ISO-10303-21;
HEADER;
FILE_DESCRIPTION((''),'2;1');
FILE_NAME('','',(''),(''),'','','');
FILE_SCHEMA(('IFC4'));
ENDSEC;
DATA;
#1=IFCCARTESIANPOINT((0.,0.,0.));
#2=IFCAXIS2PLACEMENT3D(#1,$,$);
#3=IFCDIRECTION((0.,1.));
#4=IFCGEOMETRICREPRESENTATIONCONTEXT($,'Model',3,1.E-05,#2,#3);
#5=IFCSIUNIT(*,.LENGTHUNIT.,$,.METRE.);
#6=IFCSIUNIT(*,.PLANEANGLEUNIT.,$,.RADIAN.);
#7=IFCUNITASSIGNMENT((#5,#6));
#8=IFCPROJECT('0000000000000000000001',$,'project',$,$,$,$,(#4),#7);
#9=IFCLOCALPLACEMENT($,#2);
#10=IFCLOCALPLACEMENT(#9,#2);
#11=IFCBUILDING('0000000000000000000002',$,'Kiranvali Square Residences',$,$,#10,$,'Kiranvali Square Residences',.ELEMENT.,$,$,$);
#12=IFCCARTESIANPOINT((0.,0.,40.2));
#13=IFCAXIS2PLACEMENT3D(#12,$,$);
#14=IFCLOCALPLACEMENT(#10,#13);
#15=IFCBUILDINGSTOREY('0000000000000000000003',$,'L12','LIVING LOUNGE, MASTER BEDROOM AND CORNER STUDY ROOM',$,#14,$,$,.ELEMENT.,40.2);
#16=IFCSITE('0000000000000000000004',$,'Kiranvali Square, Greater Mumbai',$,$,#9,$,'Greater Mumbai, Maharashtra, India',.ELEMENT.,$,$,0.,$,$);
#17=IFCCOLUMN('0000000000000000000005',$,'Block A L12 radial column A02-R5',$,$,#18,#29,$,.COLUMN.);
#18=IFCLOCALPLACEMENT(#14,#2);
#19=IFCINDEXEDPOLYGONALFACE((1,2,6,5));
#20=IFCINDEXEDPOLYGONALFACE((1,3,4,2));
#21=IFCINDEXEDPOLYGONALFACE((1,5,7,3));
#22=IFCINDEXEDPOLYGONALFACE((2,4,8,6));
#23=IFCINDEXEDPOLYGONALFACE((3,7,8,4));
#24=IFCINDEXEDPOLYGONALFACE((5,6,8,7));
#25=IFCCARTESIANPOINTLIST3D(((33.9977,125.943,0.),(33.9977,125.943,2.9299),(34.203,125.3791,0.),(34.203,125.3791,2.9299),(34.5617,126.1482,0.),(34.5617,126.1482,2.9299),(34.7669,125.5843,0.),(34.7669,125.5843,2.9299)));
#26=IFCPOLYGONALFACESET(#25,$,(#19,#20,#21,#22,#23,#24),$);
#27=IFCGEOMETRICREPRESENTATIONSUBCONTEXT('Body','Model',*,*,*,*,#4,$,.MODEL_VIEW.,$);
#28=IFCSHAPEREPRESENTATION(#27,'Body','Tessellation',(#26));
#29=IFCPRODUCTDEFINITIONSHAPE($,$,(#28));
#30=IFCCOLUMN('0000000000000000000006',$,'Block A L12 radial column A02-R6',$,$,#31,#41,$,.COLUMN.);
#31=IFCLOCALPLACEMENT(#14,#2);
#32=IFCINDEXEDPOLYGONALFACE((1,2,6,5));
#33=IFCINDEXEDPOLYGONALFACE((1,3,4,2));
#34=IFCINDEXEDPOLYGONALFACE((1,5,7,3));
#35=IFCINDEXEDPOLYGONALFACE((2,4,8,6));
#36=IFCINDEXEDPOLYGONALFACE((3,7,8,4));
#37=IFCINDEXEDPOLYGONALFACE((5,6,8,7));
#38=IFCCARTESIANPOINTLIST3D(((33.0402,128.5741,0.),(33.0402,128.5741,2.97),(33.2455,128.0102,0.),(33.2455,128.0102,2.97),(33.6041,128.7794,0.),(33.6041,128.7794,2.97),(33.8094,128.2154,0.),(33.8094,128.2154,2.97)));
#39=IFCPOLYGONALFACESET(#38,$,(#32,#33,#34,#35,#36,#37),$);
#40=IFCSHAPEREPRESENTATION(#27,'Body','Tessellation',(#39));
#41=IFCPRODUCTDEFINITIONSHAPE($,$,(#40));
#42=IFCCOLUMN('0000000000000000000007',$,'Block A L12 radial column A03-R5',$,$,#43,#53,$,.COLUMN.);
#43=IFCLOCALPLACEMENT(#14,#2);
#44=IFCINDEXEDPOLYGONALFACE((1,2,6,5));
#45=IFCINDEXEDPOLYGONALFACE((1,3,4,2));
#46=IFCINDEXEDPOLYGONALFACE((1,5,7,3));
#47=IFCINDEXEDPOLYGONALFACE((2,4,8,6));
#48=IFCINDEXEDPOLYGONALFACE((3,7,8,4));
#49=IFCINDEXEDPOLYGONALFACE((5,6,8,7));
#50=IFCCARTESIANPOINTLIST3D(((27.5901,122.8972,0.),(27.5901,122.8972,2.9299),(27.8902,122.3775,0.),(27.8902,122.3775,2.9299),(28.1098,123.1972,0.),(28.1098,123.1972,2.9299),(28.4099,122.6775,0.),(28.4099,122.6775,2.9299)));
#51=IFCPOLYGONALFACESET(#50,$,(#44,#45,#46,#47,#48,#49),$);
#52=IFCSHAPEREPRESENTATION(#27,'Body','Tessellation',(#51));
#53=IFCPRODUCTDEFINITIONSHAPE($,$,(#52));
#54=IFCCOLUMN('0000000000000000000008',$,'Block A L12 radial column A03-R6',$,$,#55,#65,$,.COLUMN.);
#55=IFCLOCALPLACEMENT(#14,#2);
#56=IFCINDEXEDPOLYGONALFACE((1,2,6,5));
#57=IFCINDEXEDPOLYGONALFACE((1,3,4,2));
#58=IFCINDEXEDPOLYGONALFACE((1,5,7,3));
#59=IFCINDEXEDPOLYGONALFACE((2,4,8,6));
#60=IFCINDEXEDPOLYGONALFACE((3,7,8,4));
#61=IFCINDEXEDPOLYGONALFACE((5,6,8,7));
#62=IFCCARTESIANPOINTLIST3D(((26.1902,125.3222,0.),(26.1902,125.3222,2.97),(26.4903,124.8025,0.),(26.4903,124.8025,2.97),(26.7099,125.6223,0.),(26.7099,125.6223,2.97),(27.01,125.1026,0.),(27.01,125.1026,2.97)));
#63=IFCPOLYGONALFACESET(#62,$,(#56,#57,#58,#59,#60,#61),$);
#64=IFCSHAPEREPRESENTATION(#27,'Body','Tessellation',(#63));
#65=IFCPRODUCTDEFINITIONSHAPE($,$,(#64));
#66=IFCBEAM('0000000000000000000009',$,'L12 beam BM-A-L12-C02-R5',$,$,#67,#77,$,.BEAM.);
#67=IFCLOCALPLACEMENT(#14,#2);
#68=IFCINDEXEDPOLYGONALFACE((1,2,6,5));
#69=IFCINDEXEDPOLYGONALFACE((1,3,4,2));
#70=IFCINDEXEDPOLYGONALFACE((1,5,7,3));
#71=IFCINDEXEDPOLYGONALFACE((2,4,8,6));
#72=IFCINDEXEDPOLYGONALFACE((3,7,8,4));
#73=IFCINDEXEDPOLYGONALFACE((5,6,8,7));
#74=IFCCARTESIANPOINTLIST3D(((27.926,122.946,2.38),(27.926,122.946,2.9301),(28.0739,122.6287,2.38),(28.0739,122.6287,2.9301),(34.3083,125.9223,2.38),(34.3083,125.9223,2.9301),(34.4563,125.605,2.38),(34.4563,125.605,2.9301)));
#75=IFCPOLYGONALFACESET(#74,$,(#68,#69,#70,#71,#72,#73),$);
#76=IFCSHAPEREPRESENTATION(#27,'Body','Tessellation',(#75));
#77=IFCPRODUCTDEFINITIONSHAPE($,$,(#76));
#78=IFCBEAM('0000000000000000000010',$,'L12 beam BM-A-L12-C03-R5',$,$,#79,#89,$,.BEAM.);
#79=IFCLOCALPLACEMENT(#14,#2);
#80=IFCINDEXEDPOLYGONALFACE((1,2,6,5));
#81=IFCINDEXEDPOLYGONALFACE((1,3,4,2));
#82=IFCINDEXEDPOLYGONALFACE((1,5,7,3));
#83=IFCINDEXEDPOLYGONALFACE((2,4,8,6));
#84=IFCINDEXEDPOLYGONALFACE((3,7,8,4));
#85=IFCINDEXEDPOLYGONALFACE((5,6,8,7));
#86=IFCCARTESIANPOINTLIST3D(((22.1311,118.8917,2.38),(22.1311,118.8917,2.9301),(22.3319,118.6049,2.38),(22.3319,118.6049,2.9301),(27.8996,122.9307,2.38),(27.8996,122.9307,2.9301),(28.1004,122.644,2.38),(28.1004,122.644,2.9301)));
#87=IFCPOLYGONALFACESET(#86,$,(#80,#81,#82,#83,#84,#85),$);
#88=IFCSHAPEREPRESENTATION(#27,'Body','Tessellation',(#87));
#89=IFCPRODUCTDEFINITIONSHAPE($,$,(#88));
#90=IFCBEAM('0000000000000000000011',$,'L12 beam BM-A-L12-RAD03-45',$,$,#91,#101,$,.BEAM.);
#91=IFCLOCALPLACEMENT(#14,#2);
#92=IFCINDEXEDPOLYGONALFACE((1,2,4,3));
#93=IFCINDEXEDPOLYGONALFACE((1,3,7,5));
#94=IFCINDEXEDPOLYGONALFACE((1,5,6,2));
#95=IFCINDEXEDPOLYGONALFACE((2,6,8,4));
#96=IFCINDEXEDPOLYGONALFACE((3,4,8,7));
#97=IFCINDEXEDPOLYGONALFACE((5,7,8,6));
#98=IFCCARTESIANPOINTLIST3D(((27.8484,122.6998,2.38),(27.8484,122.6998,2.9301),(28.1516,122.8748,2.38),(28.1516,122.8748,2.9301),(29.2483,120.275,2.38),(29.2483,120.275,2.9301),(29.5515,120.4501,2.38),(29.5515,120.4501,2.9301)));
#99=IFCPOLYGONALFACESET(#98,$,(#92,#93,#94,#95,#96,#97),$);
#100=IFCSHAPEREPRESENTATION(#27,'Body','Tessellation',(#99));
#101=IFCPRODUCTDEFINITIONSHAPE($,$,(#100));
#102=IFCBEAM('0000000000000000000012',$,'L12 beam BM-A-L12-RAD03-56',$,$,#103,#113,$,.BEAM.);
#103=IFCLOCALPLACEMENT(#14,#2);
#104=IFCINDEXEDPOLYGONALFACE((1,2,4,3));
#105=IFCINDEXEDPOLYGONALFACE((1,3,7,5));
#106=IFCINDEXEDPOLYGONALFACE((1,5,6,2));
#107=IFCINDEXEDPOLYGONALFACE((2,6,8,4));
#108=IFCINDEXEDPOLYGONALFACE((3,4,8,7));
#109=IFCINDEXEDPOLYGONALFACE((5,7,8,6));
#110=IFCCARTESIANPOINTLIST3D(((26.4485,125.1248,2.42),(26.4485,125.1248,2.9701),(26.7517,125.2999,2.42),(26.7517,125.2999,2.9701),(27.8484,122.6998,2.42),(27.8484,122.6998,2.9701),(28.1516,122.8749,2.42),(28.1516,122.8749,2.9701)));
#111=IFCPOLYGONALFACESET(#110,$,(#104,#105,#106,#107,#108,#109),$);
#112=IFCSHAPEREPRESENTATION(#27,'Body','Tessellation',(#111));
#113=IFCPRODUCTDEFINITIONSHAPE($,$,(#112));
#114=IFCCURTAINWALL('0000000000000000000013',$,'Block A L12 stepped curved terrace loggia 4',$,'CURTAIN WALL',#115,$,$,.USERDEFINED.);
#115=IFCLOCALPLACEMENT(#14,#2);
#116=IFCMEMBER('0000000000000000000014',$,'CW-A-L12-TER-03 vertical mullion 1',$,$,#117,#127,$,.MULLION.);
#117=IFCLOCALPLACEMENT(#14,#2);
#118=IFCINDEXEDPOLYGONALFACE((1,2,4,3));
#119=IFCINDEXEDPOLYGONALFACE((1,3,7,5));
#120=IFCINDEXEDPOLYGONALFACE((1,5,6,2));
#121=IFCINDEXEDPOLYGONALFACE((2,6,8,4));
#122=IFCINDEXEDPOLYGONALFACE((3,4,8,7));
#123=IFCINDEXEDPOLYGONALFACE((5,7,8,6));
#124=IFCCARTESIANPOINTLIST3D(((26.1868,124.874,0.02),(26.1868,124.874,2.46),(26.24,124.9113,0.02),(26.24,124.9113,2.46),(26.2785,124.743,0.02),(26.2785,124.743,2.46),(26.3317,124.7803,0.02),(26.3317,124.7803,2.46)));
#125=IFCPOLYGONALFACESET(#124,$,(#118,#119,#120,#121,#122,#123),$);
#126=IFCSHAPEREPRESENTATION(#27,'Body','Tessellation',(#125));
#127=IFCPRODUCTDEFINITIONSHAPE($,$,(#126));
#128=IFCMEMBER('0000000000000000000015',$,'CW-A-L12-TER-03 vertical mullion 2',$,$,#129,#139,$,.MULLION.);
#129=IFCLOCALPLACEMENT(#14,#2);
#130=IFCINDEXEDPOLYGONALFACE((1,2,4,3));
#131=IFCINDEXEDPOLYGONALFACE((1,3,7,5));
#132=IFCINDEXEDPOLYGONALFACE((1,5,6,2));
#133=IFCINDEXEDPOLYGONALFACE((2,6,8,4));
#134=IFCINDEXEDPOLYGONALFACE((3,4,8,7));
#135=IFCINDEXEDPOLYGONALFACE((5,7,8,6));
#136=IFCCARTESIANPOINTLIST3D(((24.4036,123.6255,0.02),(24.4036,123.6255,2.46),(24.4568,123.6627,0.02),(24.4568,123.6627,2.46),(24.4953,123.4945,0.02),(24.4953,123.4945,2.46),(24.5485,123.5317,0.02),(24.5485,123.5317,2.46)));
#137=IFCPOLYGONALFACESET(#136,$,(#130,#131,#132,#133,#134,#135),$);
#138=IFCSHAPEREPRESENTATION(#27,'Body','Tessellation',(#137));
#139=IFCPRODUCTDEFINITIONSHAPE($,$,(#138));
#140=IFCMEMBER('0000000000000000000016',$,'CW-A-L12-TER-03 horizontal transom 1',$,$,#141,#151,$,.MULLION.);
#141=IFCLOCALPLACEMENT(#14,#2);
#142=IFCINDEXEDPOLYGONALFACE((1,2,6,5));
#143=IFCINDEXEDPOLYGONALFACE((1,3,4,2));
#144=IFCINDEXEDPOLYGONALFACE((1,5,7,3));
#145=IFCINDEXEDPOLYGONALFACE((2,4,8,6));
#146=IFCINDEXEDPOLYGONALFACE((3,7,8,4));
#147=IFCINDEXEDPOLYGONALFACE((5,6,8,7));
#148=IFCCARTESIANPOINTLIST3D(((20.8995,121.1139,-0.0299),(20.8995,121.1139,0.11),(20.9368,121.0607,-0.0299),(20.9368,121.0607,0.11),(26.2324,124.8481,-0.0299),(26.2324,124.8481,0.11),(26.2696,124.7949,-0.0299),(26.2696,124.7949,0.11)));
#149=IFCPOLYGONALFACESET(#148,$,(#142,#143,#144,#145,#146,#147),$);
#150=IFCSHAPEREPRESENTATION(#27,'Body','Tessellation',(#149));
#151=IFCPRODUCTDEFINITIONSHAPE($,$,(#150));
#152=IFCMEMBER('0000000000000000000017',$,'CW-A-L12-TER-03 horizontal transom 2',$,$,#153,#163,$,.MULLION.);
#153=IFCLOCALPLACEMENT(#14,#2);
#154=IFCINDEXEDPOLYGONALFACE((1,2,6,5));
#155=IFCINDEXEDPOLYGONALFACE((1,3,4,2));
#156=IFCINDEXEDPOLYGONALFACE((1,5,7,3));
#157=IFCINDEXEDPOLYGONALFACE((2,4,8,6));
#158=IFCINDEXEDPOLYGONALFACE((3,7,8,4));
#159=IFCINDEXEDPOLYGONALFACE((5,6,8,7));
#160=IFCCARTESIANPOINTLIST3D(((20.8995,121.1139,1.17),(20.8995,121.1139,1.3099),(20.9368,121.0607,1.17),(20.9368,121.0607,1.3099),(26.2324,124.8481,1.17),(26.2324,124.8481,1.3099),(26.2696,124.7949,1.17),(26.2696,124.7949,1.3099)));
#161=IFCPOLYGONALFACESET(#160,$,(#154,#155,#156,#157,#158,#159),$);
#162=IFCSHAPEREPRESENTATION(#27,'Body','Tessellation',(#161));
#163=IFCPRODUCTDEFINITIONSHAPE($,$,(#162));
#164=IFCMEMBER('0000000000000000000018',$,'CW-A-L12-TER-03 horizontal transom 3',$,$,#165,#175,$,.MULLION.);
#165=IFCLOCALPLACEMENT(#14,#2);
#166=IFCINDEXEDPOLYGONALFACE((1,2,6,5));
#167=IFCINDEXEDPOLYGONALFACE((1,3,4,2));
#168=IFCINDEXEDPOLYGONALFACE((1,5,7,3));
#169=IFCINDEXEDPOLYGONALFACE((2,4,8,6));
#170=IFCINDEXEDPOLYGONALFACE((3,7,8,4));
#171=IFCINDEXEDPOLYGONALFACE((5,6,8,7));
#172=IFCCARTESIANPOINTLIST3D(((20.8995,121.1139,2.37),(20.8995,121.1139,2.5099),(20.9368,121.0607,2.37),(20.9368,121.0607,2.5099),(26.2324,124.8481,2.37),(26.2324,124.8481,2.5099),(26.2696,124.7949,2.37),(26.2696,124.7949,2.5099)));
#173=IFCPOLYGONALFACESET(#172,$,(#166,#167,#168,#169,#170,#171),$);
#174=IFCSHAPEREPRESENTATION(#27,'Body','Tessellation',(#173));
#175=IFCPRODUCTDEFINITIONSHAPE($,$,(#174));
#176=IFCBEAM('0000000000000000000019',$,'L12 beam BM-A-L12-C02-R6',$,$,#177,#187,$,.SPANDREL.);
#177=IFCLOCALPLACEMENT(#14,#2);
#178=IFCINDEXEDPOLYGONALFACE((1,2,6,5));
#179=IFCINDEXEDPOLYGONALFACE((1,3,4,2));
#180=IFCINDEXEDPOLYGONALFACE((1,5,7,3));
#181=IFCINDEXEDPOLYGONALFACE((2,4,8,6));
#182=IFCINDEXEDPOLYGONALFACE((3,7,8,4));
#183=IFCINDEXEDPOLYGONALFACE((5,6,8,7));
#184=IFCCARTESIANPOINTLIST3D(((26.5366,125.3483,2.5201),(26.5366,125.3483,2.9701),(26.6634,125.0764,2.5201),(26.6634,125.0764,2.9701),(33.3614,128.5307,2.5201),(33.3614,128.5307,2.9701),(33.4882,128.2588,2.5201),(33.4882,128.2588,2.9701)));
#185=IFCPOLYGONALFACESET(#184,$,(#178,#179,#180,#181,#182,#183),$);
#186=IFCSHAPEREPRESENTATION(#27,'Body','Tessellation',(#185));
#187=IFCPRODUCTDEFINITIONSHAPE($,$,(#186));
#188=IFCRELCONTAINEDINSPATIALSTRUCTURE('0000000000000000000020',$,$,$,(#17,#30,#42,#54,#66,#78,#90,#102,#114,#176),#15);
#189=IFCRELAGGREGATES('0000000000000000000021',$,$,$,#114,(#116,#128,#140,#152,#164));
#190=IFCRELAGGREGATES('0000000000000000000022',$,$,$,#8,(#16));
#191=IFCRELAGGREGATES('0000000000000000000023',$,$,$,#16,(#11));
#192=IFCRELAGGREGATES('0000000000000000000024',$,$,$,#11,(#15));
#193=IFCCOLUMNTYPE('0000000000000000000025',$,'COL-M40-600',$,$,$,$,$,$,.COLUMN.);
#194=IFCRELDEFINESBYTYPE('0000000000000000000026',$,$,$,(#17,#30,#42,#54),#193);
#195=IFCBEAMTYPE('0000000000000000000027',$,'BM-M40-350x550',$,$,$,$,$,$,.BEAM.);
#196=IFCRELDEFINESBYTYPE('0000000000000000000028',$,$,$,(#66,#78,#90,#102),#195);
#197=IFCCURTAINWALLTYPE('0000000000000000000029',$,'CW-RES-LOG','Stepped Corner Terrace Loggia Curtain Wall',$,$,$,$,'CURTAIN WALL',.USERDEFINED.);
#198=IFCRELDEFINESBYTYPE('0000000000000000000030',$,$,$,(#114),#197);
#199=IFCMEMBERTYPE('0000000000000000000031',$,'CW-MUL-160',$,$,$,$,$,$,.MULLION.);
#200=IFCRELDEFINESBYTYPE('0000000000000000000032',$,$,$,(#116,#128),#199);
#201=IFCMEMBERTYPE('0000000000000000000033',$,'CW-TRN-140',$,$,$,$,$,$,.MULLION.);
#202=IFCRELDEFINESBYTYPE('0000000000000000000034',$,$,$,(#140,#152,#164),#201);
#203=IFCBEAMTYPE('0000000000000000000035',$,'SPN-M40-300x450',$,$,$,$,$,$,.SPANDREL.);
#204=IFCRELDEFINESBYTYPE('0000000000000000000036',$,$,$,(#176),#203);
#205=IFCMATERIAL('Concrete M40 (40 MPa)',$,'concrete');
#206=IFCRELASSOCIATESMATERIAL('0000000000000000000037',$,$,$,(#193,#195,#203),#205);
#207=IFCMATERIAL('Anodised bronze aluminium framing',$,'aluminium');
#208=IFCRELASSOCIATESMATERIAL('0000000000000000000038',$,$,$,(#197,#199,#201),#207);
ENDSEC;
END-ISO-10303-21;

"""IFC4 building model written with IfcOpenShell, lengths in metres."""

from ifc_helpers import new_model, si_unit, direction, frame, origin, origin_2d, place, context, subcontext, project, spatial, rectangle, extrude, material, material_profile, profile_set, type_object, element, aggregate, save


model = new_model("IFC4")

# Units and contexts
model_context = context("Model", 3, precision=1e-05, world=origin(), true_north=direction((0.0, 1.0)))
body_context = subcontext(model_context, "Body", "Model", "MODEL_VIEW")
ifc_project = project(units=[si_unit("LENGTHUNIT", "METRE"), si_unit("PLANEANGLEUNIT", "RADIAN")], contexts=[model_context])

# Site, building, storey
site_placement = place(None, origin())
site = spatial("IfcSite", under=ifc_project, at=site_placement, Name="Kiranvali Square, Greater Mumbai", LongName="Greater Mumbai, Maharashtra, India", CompositionType="ELEMENT", RefElevation=0.0)
building_placement = place(site_placement, origin())
building = spatial("IfcBuilding", under=site, at=building_placement, Name="Kiranvali Square Residences", LongName="Kiranvali Square Residences", CompositionType="ELEMENT")
storey_placement = place(building_placement, frame((0.0, 0.0, 40.2)))
storey = spatial("IfcBuildingStorey", under=building, at=storey_placement, Name="L12", Description="LIVING LOUNGE, MASTER BEDROOM AND CORNER STUDY ROOM", CompositionType="ELEMENT", Elevation=40.2)

# Columns
ifc_material_1 = material(Name="Concrete M40 (40 MPa)", Category="concrete")
ifc_material_profile_1 = material_profile(ifc_material_1, rectangle(XDim=0.6001, YDim=0.6001, at=origin_2d()), Name="RC 600x600")
ifc_profile_set_1 = profile_set([ifc_material_profile_1], Name="Concrete M40 (40 MPa)")
column_type = type_object("IfcColumnType", Name="COL-M40-600", PredefinedType="COLUMN", material=ifc_profile_set_1)
column_1_placement = place(storey_placement, frame((34.3823, 125.7637, 0.0), z_axis=(0.0, 0.0, 1.0), x_axis=(0.939693, 0.34202, 0.0)))
element("IfcColumn", 1, at=column_1_placement, inside=storey, type_object=column_type, Name="Block A L12 radial column A02-R5", PredefinedType="COLUMN", context=body_context, shape_type="SweptSolid", body=[
    extrude(rectangle(XDim=0.6001, YDim=0.6001, at=origin_2d()), origin(), (0.0, 0.0, 1.0), 2.9299),
])
column_2_placement = place(storey_placement, frame((33.4248, 128.3948, 0.0), z_axis=(0.0, 0.0, 1.0), x_axis=(0.939693, 0.34202, 0.0)))
element("IfcColumn", 2, at=column_2_placement, inside=storey, type_object=column_type, Name="Block A L12 radial column A02-R6", PredefinedType="COLUMN", context=body_context, shape_type="SweptSolid", body=[
    extrude(rectangle(XDim=0.6001, YDim=0.6001, at=origin_2d()), origin(), (0.0, 0.0, 1.0), 2.97),
])
column_3_placement = place(storey_placement, frame((28.0, 122.7874, 0.0), z_axis=(0.0, 0.0, 1.0), x_axis=(0.866025, 0.5, 0.0)))
element("IfcColumn", 3, at=column_3_placement, inside=storey, type_object=column_type, Name="Block A L12 radial column A03-R5", PredefinedType="COLUMN", context=body_context, shape_type="SweptSolid", body=[
    extrude(rectangle(XDim=0.6001, YDim=0.6001, at=origin_2d()), origin(), (0.0, 0.0, 1.0), 2.9299),
])
column_4_placement = place(storey_placement, frame((26.6001, 125.2124, 0.0), z_axis=(0.0, 0.0, 1.0), x_axis=(0.866025, 0.5, 0.0)))
element("IfcColumn", 4, at=column_4_placement, inside=storey, type_object=column_type, Name="Block A L12 radial column A03-R6", PredefinedType="COLUMN", context=body_context, shape_type="SweptSolid", body=[
    extrude(rectangle(XDim=0.6001, YDim=0.6001, at=origin_2d()), origin(), (0.0, 0.0, 1.0), 2.97),
])

# Beams
ifc_material_profile_2 = material_profile(ifc_material_1, rectangle(XDim=0.3501, YDim=0.55, at=origin_2d()), Name="RC 350x550")
ifc_profile_set_2 = profile_set([ifc_material_profile_2], Name="Concrete M40 (40 MPa)")
beam_type_1 = type_object("IfcBeamType", Name="BM-M40-350x550", PredefinedType="BEAM", material=ifc_profile_set_2)
beam_1_placement = place(storey_placement, frame((34.3823, 125.7637, 2.655), z_axis=(-0.906297, -0.422641, 0.0), x_axis=(0.422641, -0.906297, 0.0)))
element("IfcBeam", 5, at=beam_1_placement, inside=storey, type_object=beam_type_1, Name="L12 beam BM-A-L12-C02-R5", PredefinedType="BEAM", context=body_context, shape_type="SweptSolid", body=[
    extrude(rectangle(XDim=0.3501, YDim=0.55, at=origin_2d()), origin(), (0.0, 0.0, 1.0), 7.0422),
])
beam_2_placement = place(storey_placement, frame((28.0, 122.7874, 2.655), z_axis=(-0.81916, -0.573565, 0.0), x_axis=(0.573565, -0.81916, 0.0)))
element("IfcBeam", 6, at=beam_2_placement, inside=storey, type_object=beam_type_1, Name="L12 beam BM-A-L12-C03-R5", PredefinedType="BEAM", context=body_context, shape_type="SweptSolid", body=[
    extrude(rectangle(XDim=0.3501, YDim=0.55, at=origin_2d()), origin(), (0.0, 0.0, 1.0), 7.042),
])
beam_3_placement = place(storey_placement, frame((29.3999, 120.3625, 2.655), z_axis=(-0.499984, 0.866035, 0.0), x_axis=(-0.866035, -0.499984, 0.0)))
element("IfcBeam", 7, at=beam_3_placement, inside=storey, type_object=beam_type_1, Name="L12 beam BM-A-L12-RAD03-45", PredefinedType="BEAM", context=body_context, shape_type="SweptSolid", body=[
    extrude(rectangle(XDim=0.3501, YDim=0.55, at=origin_2d()), origin(), (0.0, 0.0, 1.0), 2.7998),
])
beam_4_placement = place(storey_placement, frame((28.0, 122.7874, 2.6951), z_axis=(-0.499946, 0.866056, 0.0), x_axis=(-0.866056, -0.499946, 0.0)))
element("IfcBeam", 8, at=beam_4_placement, inside=storey, type_object=beam_type_1, Name="L12 beam BM-A-L12-RAD03-56", PredefinedType="BEAM", context=body_context, shape_type="SweptSolid", body=[
    extrude(rectangle(XDim=0.3501, YDim=0.55, at=origin_2d()), origin(), (0.0, 0.0, 1.0), 2.8),
])

# Curtain wall, members
ifc_material_2 = material(Name="Anodised bronze aluminium framing", Category="aluminium")
curtain_wall_type = type_object("IfcCurtainWallType", Name="CW-RES-LOG", Description="Stepped Corner Terrace Loggia Curtain Wall", ElementType="CURTAIN WALL", PredefinedType="USERDEFINED", material=ifc_material_2)
curtain_wall_placement = place(storey_placement, origin())
curtain_wall = element("IfcCurtainWall", 9, at=curtain_wall_placement, inside=storey, type_object=curtain_wall_type, Name="Block A L12 stepped curved terrace loggia 4", ObjectType="CURTAIN WALL", PredefinedType="USERDEFINED")
ifc_material_profile_3 = material_profile(ifc_material_2, rectangle(XDim=0.0649, YDim=0.1599, at=origin_2d()), Name="ALU 65x160")
ifc_profile_set_3 = profile_set([ifc_material_profile_3], Name="Anodised bronze aluminium framing")
member_type_1 = type_object("IfcMemberType", Name="CW-MUL-160", PredefinedType="MULLION", material=ifc_profile_set_3)
member_1_placement = place(storey_placement, frame((26.2593, 124.8271, 0.02), z_axis=(0.0, 0.0, 1.0), x_axis=(-0.819152, -0.573576, 0.0)))
member_1 = element("IfcMember", 10, at=member_1_placement, type_object=member_type_1, Name="CW-A-L12-TER-03 vertical mullion 1", PredefinedType="MULLION", context=body_context, shape_type="SweptSolid", body=[
    extrude(rectangle(XDim=0.0649, YDim=0.1599, at=origin_2d()), origin(), (0.0, 0.0, 1.0), 2.4399),
])
member_2_placement = place(storey_placement, frame((24.4761, 123.5786, 0.02), z_axis=(0.0, 0.0, 1.0), x_axis=(-0.819152, -0.573576, 0.0)))
member_2 = element("IfcMember", 11, at=member_2_placement, type_object=member_type_1, Name="CW-A-L12-TER-03 vertical mullion 2", PredefinedType="MULLION", context=body_context, shape_type="SweptSolid", body=[
    extrude(rectangle(XDim=0.0649, YDim=0.1599, at=origin_2d()), origin(), (0.0, 0.0, 1.0), 2.4399),
])
ifc_material_profile_4 = material_profile(ifc_material_2, rectangle(XDim=0.0649, YDim=0.1399, at=origin_2d()), Name="ALU 65x140")
ifc_profile_set_4 = profile_set([ifc_material_profile_4], Name="Anodised bronze aluminium framing")
member_type_2 = type_object("IfcMemberType", Name="CW-TRN-140", PredefinedType="MULLION", material=ifc_profile_set_4)
member_3_placement = place(storey_placement, frame((26.251, 124.8215, 0.04), z_axis=(-0.819146, -0.573586, 0.0), x_axis=(0.573586, -0.819146, 0.0)))
member_3 = element("IfcMember", 12, at=member_3_placement, type_object=member_type_2, Name="CW-A-L12-TER-03 horizontal transom 1", PredefinedType="MULLION", context=body_context, shape_type="SweptSolid", body=[
    extrude(rectangle(XDim=0.0649, YDim=0.1399, at=origin_2d()), origin(), (0.0, 0.0, 1.0), 6.5103),
])
member_4_placement = place(storey_placement, frame((26.251, 124.8215, 1.24), z_axis=(-0.819146, -0.573586, 0.0), x_axis=(0.573586, -0.819146, 0.0)))
member_4 = element("IfcMember", 13, at=member_4_placement, type_object=member_type_2, Name="CW-A-L12-TER-03 horizontal transom 2", PredefinedType="MULLION", context=body_context, shape_type="SweptSolid", body=[
    extrude(rectangle(XDim=0.0649, YDim=0.1399, at=origin_2d()), origin(), (0.0, 0.0, 1.0), 6.5103),
])
member_5_placement = place(storey_placement, frame((26.251, 124.8215, 2.4399), z_axis=(-0.819146, -0.573586, 0.0), x_axis=(0.573586, -0.819146, 0.0)))
member_5 = element("IfcMember", 14, at=member_5_placement, type_object=member_type_2, Name="CW-A-L12-TER-03 horizontal transom 3", PredefinedType="MULLION", context=body_context, shape_type="SweptSolid", body=[
    extrude(rectangle(XDim=0.0649, YDim=0.1399, at=origin_2d()), origin(), (0.0, 0.0, 1.0), 6.5103),
])

# Beam
ifc_material_profile_5 = material_profile(ifc_material_1, rectangle(XDim=0.3, YDim=0.45, at=origin_2d()), Name="RC 300x450")
ifc_profile_set_5 = profile_set([ifc_material_profile_5], Name="Concrete M40 (40 MPa)")
beam_type_2 = type_object("IfcBeamType", Name="SPN-M40-300x450", PredefinedType="SPANDREL", material=ifc_profile_set_5)
for number, where, z_axis, x_axis, name in (
    (15, (33.4248, 128.3948, 2.7451), (-0.90631, -0.422614, 0.0), (0.422614, -0.90631, 0.0), "L12 beam BM-A-L12-C02-R6"),
):
    element("IfcBeam", number, at=place(storey_placement, frame(where, z_axis=z_axis, x_axis=x_axis)), inside=storey, type_object=beam_type_2, Name=name, PredefinedType="SPANDREL", context=body_context, shape_type="SweptSolid", body=[
        extrude(rectangle(XDim=0.3, YDim=0.45, at=origin_2d()), origin(), (0.0, 0.0, 1.0), 7.5303),
    ])

aggregate(curtain_wall, [member_1, member_2, member_3, member_4, member_5])

save(model, "model.ifc")
